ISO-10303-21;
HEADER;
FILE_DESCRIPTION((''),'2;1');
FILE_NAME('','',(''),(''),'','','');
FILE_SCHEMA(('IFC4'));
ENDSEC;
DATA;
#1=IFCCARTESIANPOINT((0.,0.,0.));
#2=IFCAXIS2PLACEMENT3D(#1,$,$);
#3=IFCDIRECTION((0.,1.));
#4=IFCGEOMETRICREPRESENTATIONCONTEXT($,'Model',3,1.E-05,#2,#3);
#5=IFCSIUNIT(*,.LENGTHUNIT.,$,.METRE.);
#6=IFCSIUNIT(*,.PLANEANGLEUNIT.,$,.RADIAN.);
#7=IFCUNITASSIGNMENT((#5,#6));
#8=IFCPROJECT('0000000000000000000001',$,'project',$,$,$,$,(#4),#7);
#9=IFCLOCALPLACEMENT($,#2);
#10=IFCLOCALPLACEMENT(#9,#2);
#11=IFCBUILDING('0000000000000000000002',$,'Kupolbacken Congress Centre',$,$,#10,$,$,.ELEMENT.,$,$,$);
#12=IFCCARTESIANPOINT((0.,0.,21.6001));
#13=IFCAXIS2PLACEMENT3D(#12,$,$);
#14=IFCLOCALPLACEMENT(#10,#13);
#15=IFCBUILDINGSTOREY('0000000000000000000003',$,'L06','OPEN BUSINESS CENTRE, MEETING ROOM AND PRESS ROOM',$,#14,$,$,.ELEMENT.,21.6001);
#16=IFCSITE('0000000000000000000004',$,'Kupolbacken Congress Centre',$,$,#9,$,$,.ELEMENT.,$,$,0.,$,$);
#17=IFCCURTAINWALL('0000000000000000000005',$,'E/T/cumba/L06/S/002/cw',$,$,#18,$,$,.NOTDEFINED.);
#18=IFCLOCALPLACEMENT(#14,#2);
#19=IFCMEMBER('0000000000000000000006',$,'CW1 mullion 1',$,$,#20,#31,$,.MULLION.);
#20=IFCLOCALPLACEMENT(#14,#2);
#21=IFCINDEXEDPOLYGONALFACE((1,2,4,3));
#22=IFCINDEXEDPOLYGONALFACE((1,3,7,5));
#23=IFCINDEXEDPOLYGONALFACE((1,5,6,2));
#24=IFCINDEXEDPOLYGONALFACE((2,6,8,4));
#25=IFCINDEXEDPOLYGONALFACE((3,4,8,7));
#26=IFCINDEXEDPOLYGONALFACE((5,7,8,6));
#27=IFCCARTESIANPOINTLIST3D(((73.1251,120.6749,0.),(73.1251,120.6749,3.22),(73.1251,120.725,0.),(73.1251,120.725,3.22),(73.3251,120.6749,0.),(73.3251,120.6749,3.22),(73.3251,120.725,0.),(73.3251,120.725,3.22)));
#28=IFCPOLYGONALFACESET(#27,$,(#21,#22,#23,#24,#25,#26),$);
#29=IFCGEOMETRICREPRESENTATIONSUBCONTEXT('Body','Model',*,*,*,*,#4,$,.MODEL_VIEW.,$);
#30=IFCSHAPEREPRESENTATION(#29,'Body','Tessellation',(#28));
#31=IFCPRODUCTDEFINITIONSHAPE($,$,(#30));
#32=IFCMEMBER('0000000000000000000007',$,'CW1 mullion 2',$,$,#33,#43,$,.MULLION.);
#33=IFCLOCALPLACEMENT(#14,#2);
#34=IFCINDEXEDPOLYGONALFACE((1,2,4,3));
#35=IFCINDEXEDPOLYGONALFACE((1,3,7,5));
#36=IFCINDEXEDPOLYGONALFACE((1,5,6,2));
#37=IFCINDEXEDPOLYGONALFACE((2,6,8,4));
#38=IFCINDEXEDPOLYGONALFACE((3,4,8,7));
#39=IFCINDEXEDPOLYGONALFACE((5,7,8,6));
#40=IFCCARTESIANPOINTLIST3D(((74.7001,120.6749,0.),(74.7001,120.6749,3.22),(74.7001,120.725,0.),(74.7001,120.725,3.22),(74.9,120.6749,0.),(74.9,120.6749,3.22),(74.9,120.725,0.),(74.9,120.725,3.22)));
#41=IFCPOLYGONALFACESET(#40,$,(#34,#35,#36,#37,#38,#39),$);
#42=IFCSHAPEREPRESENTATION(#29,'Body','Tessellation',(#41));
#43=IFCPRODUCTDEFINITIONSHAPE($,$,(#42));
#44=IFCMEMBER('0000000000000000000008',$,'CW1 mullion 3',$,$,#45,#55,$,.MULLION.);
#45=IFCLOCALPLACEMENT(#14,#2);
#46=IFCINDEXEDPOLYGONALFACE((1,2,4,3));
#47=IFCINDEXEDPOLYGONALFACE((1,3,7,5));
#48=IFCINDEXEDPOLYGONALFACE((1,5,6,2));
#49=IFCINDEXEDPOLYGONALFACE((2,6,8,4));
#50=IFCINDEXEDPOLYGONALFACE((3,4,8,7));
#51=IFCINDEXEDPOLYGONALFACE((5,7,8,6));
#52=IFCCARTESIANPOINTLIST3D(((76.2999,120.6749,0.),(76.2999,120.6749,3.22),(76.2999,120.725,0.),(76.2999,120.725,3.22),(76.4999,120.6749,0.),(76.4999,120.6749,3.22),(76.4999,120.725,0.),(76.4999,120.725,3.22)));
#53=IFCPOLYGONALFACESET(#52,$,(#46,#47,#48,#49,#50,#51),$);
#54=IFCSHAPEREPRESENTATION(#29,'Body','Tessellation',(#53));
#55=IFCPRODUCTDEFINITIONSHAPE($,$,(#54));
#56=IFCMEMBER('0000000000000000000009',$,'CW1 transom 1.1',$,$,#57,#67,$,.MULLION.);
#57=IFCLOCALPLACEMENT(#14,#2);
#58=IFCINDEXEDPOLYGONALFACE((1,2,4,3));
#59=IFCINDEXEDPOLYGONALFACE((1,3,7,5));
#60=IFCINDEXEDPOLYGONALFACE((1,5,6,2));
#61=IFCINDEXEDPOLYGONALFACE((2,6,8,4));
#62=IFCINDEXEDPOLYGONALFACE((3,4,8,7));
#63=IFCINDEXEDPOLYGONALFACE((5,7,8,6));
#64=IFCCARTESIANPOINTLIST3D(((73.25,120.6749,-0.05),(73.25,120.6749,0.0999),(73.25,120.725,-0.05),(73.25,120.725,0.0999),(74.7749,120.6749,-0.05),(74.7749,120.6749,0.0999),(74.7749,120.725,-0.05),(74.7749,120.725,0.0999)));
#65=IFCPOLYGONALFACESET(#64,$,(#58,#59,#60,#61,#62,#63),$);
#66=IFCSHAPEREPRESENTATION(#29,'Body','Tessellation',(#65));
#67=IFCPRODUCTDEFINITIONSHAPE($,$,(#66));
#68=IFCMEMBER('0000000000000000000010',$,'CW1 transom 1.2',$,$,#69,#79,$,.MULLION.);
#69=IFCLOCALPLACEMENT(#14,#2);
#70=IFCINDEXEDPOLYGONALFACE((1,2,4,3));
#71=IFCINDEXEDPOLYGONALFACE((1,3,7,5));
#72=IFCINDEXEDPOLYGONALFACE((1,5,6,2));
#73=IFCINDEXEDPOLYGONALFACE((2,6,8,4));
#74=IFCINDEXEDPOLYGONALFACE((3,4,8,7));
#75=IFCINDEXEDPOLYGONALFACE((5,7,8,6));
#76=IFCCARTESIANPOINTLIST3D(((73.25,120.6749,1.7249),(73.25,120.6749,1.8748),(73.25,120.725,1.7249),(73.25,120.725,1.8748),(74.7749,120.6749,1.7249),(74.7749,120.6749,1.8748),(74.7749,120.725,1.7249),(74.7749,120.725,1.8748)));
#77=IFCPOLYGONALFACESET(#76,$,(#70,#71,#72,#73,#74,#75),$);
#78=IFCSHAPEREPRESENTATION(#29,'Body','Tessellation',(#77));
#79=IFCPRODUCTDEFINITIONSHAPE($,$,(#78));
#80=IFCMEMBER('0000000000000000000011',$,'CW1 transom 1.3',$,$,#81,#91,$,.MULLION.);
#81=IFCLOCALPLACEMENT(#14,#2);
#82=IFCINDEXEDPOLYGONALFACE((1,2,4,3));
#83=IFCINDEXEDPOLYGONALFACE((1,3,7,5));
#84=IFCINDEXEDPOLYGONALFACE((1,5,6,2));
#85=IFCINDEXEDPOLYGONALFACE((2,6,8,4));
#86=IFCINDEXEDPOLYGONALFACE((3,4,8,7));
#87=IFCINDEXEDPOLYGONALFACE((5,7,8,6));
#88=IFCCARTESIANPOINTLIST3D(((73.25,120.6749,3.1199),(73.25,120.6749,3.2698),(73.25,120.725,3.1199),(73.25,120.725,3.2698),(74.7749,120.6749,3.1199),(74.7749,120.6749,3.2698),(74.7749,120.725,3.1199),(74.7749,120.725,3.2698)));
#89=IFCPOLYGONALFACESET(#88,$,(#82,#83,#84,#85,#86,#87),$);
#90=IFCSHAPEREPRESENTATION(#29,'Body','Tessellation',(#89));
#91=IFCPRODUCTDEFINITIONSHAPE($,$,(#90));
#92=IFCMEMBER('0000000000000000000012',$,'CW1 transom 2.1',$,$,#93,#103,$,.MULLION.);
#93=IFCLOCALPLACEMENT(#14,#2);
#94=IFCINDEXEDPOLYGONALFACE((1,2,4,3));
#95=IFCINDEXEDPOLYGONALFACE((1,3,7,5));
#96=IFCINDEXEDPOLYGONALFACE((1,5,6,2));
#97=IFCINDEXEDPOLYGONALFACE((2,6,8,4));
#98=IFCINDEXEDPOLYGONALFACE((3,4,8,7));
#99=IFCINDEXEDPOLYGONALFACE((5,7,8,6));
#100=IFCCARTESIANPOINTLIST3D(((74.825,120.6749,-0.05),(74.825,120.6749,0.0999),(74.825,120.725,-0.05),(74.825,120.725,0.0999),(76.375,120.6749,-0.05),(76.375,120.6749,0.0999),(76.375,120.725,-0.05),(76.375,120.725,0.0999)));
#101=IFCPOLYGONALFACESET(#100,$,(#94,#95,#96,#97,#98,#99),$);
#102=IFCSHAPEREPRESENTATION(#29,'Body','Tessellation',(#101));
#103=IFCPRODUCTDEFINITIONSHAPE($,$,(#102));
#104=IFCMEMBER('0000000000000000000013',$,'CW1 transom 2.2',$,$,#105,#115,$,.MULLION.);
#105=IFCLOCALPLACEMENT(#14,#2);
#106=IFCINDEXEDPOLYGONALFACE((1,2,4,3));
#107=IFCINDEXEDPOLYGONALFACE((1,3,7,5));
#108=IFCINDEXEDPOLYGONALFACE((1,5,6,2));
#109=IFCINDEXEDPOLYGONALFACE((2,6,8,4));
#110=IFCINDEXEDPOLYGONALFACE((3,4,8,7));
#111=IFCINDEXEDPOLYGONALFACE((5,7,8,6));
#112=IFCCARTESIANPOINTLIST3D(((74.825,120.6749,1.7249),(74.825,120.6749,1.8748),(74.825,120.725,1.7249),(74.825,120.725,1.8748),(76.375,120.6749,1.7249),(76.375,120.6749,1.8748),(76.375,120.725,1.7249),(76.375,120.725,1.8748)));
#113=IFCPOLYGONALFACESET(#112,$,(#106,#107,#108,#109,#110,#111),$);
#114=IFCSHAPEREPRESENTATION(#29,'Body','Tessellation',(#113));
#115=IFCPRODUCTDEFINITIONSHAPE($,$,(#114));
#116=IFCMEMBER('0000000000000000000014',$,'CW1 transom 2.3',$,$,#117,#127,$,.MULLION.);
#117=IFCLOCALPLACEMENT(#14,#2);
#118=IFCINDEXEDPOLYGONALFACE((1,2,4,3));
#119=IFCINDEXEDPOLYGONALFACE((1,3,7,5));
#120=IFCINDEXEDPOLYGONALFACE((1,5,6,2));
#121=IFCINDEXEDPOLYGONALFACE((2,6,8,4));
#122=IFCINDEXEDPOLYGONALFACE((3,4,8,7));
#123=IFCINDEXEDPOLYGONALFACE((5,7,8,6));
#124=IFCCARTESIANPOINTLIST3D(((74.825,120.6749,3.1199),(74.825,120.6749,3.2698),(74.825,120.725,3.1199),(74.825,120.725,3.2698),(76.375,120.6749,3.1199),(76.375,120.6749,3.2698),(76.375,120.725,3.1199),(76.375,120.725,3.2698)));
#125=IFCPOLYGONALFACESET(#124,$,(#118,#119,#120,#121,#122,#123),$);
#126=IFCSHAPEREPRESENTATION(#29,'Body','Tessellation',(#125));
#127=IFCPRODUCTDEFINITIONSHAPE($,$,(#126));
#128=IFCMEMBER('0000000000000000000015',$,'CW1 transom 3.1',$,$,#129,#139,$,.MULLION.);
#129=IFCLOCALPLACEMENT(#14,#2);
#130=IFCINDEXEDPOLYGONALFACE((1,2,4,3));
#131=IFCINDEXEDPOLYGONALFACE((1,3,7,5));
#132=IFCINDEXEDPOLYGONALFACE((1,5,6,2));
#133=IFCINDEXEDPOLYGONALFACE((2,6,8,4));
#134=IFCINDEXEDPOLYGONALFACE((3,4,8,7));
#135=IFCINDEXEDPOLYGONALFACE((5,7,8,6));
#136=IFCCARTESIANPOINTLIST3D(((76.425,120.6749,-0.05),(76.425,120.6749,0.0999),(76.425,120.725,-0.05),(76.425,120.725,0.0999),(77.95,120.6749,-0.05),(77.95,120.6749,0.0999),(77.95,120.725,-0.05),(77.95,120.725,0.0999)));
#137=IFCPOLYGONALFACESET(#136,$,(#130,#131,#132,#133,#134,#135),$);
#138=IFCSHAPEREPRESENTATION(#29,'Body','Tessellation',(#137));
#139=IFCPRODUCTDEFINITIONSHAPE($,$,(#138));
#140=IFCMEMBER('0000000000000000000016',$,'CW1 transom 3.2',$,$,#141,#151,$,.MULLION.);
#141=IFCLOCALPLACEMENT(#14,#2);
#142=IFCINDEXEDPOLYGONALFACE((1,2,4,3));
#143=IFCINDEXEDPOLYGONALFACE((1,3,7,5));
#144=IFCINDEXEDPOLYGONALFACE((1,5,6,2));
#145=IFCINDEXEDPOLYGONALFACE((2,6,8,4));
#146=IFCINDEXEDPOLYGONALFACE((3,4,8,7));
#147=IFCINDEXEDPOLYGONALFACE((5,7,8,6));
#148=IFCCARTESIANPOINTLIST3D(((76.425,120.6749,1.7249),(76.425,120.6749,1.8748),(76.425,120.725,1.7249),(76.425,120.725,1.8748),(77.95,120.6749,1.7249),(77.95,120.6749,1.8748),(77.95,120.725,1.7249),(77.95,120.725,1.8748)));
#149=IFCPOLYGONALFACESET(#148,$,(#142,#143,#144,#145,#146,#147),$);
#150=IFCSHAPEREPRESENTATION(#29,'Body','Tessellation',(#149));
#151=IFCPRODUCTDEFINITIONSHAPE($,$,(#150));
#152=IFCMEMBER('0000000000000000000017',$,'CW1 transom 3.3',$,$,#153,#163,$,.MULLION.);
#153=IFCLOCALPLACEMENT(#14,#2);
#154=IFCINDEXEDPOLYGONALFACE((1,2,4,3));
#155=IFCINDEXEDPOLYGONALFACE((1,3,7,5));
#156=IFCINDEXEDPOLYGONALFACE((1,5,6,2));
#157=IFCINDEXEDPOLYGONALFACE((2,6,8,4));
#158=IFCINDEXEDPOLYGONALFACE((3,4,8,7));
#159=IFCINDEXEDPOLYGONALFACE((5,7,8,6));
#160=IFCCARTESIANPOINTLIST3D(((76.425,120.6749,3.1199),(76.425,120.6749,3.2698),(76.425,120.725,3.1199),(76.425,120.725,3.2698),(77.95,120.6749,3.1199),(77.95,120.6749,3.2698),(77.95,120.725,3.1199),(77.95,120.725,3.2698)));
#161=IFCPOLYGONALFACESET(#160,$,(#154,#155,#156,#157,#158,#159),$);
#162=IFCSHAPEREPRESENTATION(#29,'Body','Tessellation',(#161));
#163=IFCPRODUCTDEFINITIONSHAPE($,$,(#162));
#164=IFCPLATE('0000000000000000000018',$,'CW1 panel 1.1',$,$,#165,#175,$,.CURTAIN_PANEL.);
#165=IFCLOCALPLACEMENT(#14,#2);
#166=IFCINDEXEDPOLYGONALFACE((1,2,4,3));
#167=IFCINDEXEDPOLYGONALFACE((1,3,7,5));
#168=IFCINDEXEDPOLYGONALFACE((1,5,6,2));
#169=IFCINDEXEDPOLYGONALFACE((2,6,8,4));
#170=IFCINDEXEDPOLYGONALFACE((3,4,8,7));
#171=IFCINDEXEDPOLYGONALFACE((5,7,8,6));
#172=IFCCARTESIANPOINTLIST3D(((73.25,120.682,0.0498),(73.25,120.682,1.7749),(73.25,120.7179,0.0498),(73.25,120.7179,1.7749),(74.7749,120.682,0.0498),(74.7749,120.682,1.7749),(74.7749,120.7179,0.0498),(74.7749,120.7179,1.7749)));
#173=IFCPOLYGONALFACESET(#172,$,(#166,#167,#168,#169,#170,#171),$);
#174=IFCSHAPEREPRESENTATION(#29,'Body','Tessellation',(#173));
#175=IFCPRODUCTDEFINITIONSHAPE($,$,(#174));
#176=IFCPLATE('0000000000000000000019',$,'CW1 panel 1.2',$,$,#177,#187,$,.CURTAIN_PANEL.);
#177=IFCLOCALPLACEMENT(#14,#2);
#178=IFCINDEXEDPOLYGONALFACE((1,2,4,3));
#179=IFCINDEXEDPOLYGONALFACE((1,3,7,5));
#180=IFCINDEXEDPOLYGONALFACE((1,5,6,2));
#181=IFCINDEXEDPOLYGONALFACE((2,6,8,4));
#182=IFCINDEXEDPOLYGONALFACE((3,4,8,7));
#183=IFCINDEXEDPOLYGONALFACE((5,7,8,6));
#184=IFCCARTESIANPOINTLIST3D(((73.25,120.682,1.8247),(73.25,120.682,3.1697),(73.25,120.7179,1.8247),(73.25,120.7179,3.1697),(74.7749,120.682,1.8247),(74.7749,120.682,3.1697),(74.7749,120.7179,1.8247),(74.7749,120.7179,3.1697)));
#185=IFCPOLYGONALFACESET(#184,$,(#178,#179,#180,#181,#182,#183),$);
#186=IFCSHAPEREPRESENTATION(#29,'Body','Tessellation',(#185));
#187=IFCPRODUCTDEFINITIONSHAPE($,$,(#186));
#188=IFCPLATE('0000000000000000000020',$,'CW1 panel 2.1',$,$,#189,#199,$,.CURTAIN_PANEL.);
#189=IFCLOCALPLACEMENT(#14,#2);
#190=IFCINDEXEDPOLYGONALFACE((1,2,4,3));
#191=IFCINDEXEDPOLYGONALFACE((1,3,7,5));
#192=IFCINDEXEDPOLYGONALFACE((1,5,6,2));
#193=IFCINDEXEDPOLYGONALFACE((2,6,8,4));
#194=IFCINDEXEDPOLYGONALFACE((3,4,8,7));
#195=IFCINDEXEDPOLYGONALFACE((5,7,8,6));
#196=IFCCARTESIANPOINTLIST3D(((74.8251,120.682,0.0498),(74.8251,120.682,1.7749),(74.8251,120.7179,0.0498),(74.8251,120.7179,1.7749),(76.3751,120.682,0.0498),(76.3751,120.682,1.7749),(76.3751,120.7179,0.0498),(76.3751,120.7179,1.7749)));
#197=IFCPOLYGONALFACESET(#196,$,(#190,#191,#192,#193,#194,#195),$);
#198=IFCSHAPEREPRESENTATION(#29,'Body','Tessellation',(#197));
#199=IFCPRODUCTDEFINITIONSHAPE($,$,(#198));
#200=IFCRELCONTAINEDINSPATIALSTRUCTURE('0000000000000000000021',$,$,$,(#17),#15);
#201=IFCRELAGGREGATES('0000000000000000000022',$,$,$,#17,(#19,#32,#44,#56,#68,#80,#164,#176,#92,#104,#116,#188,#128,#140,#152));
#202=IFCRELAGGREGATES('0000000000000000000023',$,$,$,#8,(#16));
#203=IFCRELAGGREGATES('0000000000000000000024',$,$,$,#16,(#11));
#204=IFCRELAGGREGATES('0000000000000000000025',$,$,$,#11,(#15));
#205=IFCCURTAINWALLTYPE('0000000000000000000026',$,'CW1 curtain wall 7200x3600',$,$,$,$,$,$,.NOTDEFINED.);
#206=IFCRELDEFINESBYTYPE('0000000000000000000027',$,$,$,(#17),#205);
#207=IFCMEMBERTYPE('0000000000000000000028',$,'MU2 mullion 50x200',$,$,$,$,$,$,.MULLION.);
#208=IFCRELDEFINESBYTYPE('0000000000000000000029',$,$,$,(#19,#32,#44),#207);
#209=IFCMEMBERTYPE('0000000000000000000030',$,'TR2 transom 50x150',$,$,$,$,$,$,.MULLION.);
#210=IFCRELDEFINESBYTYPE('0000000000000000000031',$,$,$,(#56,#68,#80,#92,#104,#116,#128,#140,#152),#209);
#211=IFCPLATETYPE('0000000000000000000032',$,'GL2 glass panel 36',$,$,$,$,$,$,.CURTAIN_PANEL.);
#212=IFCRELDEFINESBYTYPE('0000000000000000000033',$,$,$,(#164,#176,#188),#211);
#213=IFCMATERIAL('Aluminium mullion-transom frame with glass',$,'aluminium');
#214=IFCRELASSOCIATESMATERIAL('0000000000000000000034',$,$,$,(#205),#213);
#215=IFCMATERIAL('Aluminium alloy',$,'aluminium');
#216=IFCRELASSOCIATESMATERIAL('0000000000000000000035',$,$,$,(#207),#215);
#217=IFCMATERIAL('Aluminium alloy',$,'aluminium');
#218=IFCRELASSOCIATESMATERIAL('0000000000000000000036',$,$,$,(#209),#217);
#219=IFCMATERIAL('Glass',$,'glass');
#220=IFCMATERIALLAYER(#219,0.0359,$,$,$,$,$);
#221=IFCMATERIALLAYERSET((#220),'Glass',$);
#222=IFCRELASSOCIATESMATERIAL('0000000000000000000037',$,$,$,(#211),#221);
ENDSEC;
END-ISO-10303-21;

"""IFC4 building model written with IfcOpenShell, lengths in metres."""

from ifc_helpers import new_model, si_unit, direction, frame, origin, origin_2d, place, context, subcontext, project, spatial, rectangle, extrude, material, layer, layer_set, material_profile, profile_set, type_object, element, aggregate, save


model = new_model("IFC4")

# Units and contexts
model_context = context("Model", 3, precision=1e-05, world=origin(), true_north=direction((0.0, 1.0)))
body_context = subcontext(model_context, "Body", "Model", "MODEL_VIEW")
ifc_project = project(units=[si_unit("LENGTHUNIT", "METRE"), si_unit("PLANEANGLEUNIT", "RADIAN")], contexts=[model_context])

# Site, building, storey
site_placement = place(None, origin())
site = spatial("IfcSite", under=ifc_project, at=site_placement, Name="Kupolbacken Congress Centre", CompositionType="ELEMENT", RefElevation=0.0)
building_placement = place(site_placement, origin())
building = spatial("IfcBuilding", under=site, at=building_placement, Name="Kupolbacken Congress Centre", CompositionType="ELEMENT")
storey_placement = place(building_placement, frame((0.0, 0.0, 21.6001)))
storey = spatial("IfcBuildingStorey", under=building, at=storey_placement, Name="L06", Description="OPEN BUSINESS CENTRE, MEETING ROOM AND PRESS ROOM", CompositionType="ELEMENT", Elevation=21.6001)

# Curtain wall, members, plates
ifc_material_1 = material(Name="Aluminium mullion-transom frame with glass", Category="aluminium")
curtain_wall_type = type_object("IfcCurtainWallType", Name="CW1 curtain wall 7200x3600", PredefinedType="NOTDEFINED", material=ifc_material_1)
curtain_wall_placement = place(storey_placement, origin())
curtain_wall = element("IfcCurtainWall", 1, at=curtain_wall_placement, inside=storey, type_object=curtain_wall_type, Name="E/T/cumba/L06/S/002/cw", PredefinedType="NOTDEFINED")
ifc_material_2 = material(Name="Aluminium alloy", Category="aluminium")
ifc_material_profile_1 = material_profile(ifc_material_2, rectangle(XDim=0.05, YDim=0.2, at=origin_2d()), Name="50 x 200")
ifc_profile_set_1 = profile_set([ifc_material_profile_1], Name="Aluminium alloy")
member_type_1 = type_object("IfcMemberType", Name="MU2 mullion 50x200", PredefinedType="MULLION", material=ifc_profile_set_1)
member_1_placement = place(storey_placement, frame((73.2251, 120.7, 0.0), z_axis=(0.0, 0.0, 1.0), x_axis=(0.0, 1.0, 0.0)))
member_1 = element("IfcMember", 2, at=member_1_placement, type_object=member_type_1, Name="CW1 mullion 1", PredefinedType="MULLION", context=body_context, shape_type="SweptSolid", body=[
    extrude(rectangle(XDim=0.05, YDim=0.2, at=origin_2d()), origin(), (0.0, 0.0, 1.0), 3.22),
])
member_2_placement = place(storey_placement, frame((74.8, 120.7, 0.0), z_axis=(0.0, 0.0, 1.0), x_axis=(0.0, 1.0, 0.0)))
member_2 = element("IfcMember", 3, at=member_2_placement, type_object=member_type_1, Name="CW1 mullion 2", PredefinedType="MULLION", context=body_context, shape_type="SweptSolid", body=[
    extrude(rectangle(XDim=0.05, YDim=0.2, at=origin_2d()), origin(), (0.0, 0.0, 1.0), 3.22),
])
member_3_placement = place(storey_placement, frame((76.3999, 120.7, 0.0), z_axis=(0.0, 0.0, 1.0), x_axis=(0.0, 1.0, 0.0)))
member_3 = element("IfcMember", 4, at=member_3_placement, type_object=member_type_1, Name="CW1 mullion 3", PredefinedType="MULLION", context=body_context, shape_type="SweptSolid", body=[
    extrude(rectangle(XDim=0.05, YDim=0.2, at=origin_2d()), origin(), (0.0, 0.0, 1.0), 3.22),
])
ifc_material_3 = material(Name="Aluminium alloy", Category="aluminium")
ifc_material_profile_2 = material_profile(ifc_material_3, rectangle(XDim=0.05, YDim=0.1499, at=origin_2d()), Name="50 x 150")
ifc_profile_set_2 = profile_set([ifc_material_profile_2], Name="Aluminium alloy")
member_type_2 = type_object("IfcMemberType", Name="TR2 transom 50x150", PredefinedType="MULLION", material=ifc_profile_set_2)
member_4_placement = place(storey_placement, frame((73.25, 120.7, 0.0249), z_axis=(1.0, 0.0, 0.0), x_axis=(0.0, 1.0, 0.0)))
member_4 = element("IfcMember", 5, at=member_4_placement, type_object=member_type_2, Name="CW1 transom 1.1", PredefinedType="MULLION", context=body_context, shape_type="SweptSolid", body=[
    extrude(rectangle(XDim=0.05, YDim=0.1499, at=origin_2d()), origin(), (0.0, 0.0, 1.0), 1.5249),
])
member_5_placement = place(storey_placement, frame((73.25, 120.7, 1.7998), z_axis=(1.0, 0.0, 0.0), x_axis=(0.0, 1.0, 0.0)))
member_5 = element("IfcMember", 6, at=member_5_placement, type_object=member_type_2, Name="CW1 transom 1.2", PredefinedType="MULLION", context=body_context, shape_type="SweptSolid", body=[
    extrude(rectangle(XDim=0.05, YDim=0.1499, at=origin_2d()), origin(), (0.0, 0.0, 1.0), 1.5249),
])
member_6_placement = place(storey_placement, frame((73.25, 120.7, 3.1948), z_axis=(1.0, 0.0, 0.0), x_axis=(0.0, 1.0, 0.0)))
member_6 = element("IfcMember", 7, at=member_6_placement, type_object=member_type_2, Name="CW1 transom 1.3", PredefinedType="MULLION", context=body_context, shape_type="SweptSolid", body=[
    extrude(rectangle(XDim=0.05, YDim=0.1499, at=origin_2d()), origin(), (0.0, 0.0, 1.0), 1.5249),
])
member_7_placement = place(storey_placement, frame((74.825, 120.7, 0.0249), z_axis=(1.0, 0.0, 0.0), x_axis=(0.0, 1.0, 0.0)))
member_7 = element("IfcMember", 8, at=member_7_placement, type_object=member_type_2, Name="CW1 transom 2.1", PredefinedType="MULLION", context=body_context, shape_type="SweptSolid", body=[
    extrude(rectangle(XDim=0.05, YDim=0.1499, at=origin_2d()), origin(), (0.0, 0.0, 1.0), 1.55),
])
member_8_placement = place(storey_placement, frame((74.825, 120.7, 1.7998), z_axis=(1.0, 0.0, 0.0), x_axis=(0.0, 1.0, 0.0)))
member_8 = element("IfcMember", 9, at=member_8_placement, type_object=member_type_2, Name="CW1 transom 2.2", PredefinedType="MULLION", context=body_context, shape_type="SweptSolid", body=[
    extrude(rectangle(XDim=0.05, YDim=0.1499, at=origin_2d()), origin(), (0.0, 0.0, 1.0), 1.55),
])
member_9_placement = place(storey_placement, frame((74.825, 120.7, 3.1948), z_axis=(1.0, 0.0, 0.0), x_axis=(0.0, 1.0, 0.0)))
member_9 = element("IfcMember", 10, at=member_9_placement, type_object=member_type_2, Name="CW1 transom 2.3", PredefinedType="MULLION", context=body_context, shape_type="SweptSolid", body=[
    extrude(rectangle(XDim=0.05, YDim=0.1499, at=origin_2d()), origin(), (0.0, 0.0, 1.0), 1.55),
])
member_10_placement = place(storey_placement, frame((76.425, 120.7, 0.0249), z_axis=(1.0, 0.0, 0.0), x_axis=(0.0, 1.0, 0.0)))
member_10 = element("IfcMember", 11, at=member_10_placement, type_object=member_type_2, Name="CW1 transom 3.1", PredefinedType="MULLION", context=body_context, shape_type="SweptSolid", body=[
    extrude(rectangle(XDim=0.05, YDim=0.1499, at=origin_2d()), origin(), (0.0, 0.0, 1.0), 1.5249),
])
member_11_placement = place(storey_placement, frame((76.425, 120.7, 1.7998), z_axis=(1.0, 0.0, 0.0), x_axis=(0.0, 1.0, 0.0)))
member_11 = element("IfcMember", 12, at=member_11_placement, type_object=member_type_2, Name="CW1 transom 3.2", PredefinedType="MULLION", context=body_context, shape_type="SweptSolid", body=[
    extrude(rectangle(XDim=0.05, YDim=0.1499, at=origin_2d()), origin(), (0.0, 0.0, 1.0), 1.5249),
])
member_12_placement = place(storey_placement, frame((76.425, 120.7, 3.1948), z_axis=(1.0, 0.0, 0.0), x_axis=(0.0, 1.0, 0.0)))
member_12 = element("IfcMember", 13, at=member_12_placement, type_object=member_type_2, Name="CW1 transom 3.3", PredefinedType="MULLION", context=body_context, shape_type="SweptSolid", body=[
    extrude(rectangle(XDim=0.05, YDim=0.1499, at=origin_2d()), origin(), (0.0, 0.0, 1.0), 1.5249),
])
ifc_material_4 = material(Name="Glass", Category="glass")
ifc_layer_1 = layer(ifc_material_4, 0.0359)
ifc_layer_set_1 = layer_set([ifc_layer_1], Name="Glass")
plate_type = type_object("IfcPlateType", Name="GL2 glass panel 36", PredefinedType="CURTAIN_PANEL", material=ifc_layer_set_1)
plate_1_placement = place(storey_placement, frame((74.0125, 120.7, 0.0498), z_axis=(0.0, 0.0, 1.0), x_axis=(1.0, 0.0, 0.0)))
plate_1 = element("IfcPlate", 14, at=plate_1_placement, type_object=plate_type, Name="CW1 panel 1.1", PredefinedType="CURTAIN_PANEL", context=body_context, shape_type="SweptSolid", body=[
    extrude(rectangle(XDim=1.5249, YDim=0.0359, at=origin_2d()), origin(), (0.0, 0.0, 1.0), 1.7251),
])
plate_2_placement = place(storey_placement, frame((74.0125, 120.7, 1.8247), z_axis=(0.0, 0.0, 1.0), x_axis=(1.0, 0.0, 0.0)))
plate_2 = element("IfcPlate", 15, at=plate_2_placement, type_object=plate_type, Name="CW1 panel 1.2", PredefinedType="CURTAIN_PANEL", context=body_context, shape_type="SweptSolid", body=[
    extrude(rectangle(XDim=1.5249, YDim=0.0359, at=origin_2d()), origin(), (0.0, 0.0, 1.0), 1.345),
])
plate_3_placement = place(storey_placement, frame((75.6001, 120.7, 0.0498), z_axis=(0.0, 0.0, 1.0), x_axis=(1.0, 0.0, 0.0)))
plate_3 = element("IfcPlate", 16, at=plate_3_placement, type_object=plate_type, Name="CW1 panel 2.1", PredefinedType="CURTAIN_PANEL", context=body_context, shape_type="SweptSolid", body=[
    extrude(rectangle(XDim=1.55, YDim=0.0359, at=origin_2d()), origin(), (0.0, 0.0, 1.0), 1.7251),
])
aggregate(curtain_wall, [member_1, member_2, member_3, member_4, member_5, member_6, plate_1, plate_2, member_7, member_8, member_9, plate_3, member_10, member_11, member_12])

save(model, "model.ifc")
